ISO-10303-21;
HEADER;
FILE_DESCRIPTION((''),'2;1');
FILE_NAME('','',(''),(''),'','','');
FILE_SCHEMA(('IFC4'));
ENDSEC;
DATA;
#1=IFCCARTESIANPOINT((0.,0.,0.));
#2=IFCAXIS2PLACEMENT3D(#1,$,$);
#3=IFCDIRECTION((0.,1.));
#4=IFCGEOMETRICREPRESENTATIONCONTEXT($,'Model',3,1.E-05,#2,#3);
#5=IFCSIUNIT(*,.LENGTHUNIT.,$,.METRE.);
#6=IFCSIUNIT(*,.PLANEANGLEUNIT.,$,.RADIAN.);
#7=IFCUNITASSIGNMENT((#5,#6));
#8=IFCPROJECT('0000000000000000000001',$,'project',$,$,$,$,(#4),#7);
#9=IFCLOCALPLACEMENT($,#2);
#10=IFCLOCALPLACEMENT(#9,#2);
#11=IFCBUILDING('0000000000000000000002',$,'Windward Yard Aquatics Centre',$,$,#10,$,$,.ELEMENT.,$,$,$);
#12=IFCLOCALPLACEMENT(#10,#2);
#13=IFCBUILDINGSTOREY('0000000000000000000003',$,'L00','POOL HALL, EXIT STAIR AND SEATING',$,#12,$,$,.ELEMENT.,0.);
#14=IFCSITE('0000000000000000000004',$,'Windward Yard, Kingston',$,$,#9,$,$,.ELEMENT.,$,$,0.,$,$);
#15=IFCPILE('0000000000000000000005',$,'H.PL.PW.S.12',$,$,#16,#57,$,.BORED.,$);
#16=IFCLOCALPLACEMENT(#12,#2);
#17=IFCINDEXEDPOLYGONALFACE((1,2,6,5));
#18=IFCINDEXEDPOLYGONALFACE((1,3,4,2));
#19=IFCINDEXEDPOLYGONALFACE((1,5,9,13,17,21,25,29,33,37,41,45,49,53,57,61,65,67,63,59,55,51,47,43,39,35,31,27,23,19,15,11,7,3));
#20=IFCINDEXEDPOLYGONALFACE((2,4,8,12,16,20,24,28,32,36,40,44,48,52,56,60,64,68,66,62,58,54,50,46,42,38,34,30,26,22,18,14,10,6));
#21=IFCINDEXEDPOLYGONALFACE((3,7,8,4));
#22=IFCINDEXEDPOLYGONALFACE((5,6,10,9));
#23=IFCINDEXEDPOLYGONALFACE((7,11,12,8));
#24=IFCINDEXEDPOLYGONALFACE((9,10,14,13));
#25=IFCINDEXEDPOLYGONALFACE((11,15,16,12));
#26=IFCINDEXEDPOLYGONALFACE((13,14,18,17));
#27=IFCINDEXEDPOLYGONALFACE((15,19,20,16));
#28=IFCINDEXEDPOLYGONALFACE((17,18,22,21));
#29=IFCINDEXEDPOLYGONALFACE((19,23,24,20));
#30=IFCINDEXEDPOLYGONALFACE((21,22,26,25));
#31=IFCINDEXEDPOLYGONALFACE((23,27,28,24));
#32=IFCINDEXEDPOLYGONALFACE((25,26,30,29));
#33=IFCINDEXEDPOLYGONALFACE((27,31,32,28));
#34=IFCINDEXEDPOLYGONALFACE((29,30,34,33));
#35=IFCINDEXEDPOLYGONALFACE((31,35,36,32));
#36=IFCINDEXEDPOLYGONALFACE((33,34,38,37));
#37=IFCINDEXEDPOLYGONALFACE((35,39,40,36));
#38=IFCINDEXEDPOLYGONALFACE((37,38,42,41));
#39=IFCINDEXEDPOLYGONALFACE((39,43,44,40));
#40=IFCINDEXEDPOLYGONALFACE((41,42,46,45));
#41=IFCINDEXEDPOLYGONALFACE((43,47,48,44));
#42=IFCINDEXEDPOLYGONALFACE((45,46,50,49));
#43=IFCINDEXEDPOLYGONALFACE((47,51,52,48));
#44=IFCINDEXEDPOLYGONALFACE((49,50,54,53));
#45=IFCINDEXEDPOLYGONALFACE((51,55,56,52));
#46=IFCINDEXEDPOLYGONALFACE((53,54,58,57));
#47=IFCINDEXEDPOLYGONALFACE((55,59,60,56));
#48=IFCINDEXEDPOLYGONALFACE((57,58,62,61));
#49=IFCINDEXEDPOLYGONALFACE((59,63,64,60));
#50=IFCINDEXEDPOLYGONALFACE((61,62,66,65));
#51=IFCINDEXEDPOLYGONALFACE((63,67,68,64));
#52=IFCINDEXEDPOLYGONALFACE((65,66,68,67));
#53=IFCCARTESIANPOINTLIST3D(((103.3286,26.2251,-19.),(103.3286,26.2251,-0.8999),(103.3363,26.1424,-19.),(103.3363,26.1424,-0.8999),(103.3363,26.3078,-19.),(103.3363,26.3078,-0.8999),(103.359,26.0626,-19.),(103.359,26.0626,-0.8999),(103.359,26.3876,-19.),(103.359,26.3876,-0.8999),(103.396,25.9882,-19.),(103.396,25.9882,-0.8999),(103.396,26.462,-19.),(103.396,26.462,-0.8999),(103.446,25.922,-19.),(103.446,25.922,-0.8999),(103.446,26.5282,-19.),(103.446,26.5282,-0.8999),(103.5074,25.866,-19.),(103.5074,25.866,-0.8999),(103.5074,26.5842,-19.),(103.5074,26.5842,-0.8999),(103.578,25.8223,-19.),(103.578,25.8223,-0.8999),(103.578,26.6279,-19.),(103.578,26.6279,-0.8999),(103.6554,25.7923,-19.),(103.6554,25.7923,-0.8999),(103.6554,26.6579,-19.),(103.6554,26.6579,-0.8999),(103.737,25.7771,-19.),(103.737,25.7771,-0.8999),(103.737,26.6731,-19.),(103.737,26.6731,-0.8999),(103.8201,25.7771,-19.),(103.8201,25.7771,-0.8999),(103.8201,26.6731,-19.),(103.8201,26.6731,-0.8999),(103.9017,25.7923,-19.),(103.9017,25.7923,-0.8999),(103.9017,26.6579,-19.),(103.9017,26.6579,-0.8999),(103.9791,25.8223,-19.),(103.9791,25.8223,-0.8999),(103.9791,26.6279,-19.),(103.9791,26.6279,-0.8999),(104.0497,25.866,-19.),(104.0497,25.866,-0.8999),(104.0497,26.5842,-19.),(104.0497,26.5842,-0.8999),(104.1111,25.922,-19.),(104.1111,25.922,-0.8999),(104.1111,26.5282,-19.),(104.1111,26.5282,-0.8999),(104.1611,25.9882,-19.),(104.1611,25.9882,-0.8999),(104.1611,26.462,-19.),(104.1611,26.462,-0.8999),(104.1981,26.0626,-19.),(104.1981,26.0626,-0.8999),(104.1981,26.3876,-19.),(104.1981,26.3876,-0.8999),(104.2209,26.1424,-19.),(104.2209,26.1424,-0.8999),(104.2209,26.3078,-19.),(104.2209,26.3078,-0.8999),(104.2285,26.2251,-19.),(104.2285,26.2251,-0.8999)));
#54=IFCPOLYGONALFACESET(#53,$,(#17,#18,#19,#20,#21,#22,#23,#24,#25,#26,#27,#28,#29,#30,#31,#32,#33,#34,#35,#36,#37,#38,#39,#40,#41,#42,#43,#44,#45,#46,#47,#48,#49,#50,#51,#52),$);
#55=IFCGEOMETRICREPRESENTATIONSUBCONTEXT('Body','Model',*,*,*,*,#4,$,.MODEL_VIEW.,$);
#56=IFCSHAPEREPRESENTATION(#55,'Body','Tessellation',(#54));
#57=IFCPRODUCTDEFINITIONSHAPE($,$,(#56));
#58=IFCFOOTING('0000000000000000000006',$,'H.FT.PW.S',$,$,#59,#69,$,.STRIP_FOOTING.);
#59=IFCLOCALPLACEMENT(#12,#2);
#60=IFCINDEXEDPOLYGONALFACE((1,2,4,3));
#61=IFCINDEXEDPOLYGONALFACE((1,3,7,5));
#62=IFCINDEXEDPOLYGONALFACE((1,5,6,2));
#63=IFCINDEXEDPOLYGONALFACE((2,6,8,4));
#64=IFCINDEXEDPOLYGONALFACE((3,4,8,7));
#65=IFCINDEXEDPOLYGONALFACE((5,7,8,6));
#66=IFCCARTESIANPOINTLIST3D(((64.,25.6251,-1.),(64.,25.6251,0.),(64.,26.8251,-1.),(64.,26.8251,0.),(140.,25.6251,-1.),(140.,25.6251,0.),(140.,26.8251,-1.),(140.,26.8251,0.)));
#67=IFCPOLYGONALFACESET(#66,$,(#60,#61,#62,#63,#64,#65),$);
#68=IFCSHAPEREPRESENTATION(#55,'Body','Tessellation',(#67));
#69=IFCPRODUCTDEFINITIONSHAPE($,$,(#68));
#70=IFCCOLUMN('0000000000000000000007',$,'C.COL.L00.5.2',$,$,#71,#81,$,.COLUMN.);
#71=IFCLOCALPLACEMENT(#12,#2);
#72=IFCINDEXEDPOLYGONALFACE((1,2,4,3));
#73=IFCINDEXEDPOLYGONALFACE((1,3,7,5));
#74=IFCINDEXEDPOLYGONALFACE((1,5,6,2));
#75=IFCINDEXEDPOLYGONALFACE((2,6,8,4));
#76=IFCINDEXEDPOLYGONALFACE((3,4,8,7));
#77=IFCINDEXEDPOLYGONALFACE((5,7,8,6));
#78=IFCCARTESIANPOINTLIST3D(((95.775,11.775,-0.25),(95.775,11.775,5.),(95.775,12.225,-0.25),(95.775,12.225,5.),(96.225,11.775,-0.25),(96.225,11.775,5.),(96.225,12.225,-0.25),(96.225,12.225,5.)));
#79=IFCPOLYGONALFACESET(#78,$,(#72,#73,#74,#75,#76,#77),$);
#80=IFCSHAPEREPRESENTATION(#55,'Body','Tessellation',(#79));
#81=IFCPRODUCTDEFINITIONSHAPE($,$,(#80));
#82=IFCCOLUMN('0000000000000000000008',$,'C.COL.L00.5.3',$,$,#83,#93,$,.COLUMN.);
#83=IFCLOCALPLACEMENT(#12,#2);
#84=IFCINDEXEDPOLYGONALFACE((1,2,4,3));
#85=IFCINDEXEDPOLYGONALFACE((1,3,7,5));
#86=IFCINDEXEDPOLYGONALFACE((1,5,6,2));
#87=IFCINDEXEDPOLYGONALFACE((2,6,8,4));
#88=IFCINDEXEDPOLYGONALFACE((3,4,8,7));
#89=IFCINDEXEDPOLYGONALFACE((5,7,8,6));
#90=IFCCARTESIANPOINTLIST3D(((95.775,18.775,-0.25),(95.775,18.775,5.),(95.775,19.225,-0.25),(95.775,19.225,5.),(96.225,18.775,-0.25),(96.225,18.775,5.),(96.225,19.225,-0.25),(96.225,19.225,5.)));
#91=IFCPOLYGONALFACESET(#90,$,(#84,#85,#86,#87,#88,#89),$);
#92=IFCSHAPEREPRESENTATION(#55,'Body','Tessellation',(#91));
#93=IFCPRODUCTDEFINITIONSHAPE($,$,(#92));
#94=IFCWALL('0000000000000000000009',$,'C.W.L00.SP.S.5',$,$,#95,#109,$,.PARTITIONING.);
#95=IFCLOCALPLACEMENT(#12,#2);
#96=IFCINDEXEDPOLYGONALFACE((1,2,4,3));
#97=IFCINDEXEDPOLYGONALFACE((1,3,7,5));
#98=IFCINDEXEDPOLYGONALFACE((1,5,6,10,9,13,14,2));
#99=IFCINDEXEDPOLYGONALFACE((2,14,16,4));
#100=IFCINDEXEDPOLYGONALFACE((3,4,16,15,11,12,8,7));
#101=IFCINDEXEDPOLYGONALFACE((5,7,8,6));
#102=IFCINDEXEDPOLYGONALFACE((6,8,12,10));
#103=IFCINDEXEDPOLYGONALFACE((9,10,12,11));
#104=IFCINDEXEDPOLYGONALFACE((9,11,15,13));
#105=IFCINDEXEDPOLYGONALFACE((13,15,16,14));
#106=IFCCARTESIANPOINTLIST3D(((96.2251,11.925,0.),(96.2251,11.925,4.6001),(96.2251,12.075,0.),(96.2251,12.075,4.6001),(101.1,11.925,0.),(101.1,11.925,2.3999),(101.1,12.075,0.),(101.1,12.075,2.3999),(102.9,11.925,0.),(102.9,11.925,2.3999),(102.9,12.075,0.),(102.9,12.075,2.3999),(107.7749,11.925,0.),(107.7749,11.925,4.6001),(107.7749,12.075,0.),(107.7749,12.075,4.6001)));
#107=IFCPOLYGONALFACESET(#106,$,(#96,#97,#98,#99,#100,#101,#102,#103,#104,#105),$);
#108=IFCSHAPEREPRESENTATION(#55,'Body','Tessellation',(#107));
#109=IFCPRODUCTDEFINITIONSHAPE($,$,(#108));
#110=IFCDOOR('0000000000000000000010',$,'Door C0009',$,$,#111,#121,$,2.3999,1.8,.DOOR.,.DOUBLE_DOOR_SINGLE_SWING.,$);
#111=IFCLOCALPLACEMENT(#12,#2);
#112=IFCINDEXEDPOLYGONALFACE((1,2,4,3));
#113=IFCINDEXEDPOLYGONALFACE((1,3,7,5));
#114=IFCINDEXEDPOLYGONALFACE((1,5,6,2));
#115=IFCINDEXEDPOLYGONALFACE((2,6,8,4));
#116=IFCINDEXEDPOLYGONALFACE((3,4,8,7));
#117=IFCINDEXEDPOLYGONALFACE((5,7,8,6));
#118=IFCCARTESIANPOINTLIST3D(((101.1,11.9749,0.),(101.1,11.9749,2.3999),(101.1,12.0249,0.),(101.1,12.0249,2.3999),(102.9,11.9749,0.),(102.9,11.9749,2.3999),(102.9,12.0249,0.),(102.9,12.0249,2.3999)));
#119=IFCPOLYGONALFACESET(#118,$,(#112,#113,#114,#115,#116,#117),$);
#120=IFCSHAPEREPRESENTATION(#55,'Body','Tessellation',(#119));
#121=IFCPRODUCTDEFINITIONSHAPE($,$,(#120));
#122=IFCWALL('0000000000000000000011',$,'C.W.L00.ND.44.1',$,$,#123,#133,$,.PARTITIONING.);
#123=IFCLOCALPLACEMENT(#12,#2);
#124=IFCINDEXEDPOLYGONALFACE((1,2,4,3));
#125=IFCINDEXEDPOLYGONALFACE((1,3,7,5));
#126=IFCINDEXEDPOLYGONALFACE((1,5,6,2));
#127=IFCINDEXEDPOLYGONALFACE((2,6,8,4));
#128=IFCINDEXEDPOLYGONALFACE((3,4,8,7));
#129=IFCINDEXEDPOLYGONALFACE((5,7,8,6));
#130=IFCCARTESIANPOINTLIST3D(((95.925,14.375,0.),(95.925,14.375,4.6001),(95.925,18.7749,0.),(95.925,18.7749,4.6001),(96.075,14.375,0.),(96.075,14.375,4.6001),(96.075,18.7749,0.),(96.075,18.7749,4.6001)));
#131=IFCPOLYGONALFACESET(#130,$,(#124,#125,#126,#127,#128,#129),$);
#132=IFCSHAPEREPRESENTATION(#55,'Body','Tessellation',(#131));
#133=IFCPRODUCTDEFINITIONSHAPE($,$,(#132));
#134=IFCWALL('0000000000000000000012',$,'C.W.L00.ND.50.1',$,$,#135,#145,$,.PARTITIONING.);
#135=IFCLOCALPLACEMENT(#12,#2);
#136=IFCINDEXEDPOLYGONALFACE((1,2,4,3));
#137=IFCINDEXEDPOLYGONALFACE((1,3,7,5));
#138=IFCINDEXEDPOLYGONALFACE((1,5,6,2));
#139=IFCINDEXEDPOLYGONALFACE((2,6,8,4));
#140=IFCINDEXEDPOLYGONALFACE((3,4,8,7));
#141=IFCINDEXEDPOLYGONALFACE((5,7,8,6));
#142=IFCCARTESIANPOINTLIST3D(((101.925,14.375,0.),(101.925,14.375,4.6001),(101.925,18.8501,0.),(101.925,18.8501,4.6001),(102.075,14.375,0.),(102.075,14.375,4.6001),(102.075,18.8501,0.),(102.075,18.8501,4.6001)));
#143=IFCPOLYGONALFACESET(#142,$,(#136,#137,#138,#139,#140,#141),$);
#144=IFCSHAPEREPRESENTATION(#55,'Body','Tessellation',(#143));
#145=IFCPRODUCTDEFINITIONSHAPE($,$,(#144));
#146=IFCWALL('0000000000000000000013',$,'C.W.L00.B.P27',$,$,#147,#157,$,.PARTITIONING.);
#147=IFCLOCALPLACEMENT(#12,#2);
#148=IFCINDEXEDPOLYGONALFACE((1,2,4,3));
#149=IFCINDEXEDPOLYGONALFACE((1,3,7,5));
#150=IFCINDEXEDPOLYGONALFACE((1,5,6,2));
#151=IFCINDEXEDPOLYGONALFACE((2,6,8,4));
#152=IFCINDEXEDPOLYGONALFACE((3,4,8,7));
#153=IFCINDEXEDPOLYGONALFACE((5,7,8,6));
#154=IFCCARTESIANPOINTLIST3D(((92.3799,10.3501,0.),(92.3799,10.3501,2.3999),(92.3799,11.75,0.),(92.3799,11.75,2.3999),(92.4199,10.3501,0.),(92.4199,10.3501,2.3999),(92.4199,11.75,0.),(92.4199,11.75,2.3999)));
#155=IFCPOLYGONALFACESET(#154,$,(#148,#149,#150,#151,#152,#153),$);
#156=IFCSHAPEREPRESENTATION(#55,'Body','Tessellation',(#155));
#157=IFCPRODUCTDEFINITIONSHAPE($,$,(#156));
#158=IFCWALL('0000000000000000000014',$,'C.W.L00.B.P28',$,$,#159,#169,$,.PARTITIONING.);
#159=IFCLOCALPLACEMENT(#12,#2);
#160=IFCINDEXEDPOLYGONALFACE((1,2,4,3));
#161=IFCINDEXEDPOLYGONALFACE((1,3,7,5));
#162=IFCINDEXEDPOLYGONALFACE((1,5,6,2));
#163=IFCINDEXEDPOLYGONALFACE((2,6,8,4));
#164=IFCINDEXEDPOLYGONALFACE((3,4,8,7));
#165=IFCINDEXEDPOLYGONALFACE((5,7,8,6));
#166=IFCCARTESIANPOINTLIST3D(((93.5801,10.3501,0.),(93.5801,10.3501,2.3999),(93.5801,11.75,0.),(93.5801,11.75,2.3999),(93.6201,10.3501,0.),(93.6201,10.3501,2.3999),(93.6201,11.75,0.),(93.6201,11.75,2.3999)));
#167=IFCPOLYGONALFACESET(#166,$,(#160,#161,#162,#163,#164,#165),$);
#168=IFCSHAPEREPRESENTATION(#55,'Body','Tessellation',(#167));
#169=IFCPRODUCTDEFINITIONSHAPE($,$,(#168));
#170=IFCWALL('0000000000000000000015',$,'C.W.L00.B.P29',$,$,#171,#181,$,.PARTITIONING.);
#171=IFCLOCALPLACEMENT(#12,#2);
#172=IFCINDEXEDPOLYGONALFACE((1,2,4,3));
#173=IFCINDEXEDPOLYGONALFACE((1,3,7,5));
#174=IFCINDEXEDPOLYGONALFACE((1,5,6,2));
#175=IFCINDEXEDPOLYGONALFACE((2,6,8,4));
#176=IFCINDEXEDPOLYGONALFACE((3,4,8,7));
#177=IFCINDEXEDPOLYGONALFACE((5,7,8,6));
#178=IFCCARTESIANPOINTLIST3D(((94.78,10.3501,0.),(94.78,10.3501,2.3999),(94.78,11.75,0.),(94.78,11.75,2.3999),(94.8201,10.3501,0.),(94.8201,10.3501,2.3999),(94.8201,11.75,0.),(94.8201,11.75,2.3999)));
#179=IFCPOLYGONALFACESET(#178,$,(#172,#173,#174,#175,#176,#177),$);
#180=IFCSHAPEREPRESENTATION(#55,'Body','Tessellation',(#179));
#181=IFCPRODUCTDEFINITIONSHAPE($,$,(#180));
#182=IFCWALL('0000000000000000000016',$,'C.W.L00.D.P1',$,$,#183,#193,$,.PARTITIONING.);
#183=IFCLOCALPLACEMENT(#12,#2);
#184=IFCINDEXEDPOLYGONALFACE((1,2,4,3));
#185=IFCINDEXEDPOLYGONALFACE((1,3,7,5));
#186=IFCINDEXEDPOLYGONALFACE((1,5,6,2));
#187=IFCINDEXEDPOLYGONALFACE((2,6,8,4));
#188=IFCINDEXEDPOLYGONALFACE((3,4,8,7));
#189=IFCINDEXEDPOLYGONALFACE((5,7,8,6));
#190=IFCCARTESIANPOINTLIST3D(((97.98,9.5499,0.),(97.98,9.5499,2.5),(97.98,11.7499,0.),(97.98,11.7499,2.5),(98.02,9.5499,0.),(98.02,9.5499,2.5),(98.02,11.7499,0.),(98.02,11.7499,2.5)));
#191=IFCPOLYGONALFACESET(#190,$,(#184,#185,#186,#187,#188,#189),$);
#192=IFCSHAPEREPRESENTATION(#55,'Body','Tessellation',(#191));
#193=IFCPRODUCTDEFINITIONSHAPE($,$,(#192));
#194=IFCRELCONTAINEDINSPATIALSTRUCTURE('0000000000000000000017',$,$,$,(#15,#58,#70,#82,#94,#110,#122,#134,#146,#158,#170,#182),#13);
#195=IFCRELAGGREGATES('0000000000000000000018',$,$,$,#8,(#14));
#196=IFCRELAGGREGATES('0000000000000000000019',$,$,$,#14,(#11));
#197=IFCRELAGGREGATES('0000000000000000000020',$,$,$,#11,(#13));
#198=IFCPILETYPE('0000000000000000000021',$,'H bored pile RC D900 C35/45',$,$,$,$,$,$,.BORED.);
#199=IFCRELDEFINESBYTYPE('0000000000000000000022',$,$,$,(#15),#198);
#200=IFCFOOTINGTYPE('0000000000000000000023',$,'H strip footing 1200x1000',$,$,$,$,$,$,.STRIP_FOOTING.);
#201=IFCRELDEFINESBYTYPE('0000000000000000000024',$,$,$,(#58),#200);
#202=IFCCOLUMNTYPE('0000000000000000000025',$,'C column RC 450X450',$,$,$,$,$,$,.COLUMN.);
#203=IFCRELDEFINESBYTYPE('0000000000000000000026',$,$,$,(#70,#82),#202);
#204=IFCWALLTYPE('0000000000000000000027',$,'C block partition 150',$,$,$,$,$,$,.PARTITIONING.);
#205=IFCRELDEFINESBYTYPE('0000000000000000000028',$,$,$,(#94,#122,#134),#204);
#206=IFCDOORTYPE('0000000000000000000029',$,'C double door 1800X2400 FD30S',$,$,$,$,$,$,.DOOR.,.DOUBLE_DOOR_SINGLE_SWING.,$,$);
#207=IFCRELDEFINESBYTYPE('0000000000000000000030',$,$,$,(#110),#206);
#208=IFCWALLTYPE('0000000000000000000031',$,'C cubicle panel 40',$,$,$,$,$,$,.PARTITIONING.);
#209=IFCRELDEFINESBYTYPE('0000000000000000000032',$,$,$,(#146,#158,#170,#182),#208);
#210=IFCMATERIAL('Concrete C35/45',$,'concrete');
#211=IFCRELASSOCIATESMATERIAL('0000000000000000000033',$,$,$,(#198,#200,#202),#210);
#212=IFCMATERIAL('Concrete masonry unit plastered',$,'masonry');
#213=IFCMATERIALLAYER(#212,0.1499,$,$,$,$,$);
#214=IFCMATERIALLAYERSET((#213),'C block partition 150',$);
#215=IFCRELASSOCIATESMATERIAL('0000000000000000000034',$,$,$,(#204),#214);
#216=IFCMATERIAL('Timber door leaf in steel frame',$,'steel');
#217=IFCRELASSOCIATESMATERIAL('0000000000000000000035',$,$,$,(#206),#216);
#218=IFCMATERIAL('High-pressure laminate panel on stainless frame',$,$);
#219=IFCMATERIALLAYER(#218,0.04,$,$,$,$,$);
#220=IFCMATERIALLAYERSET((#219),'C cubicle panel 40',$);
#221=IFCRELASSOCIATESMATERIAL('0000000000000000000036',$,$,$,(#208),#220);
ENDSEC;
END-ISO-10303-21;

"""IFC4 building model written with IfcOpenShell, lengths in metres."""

from ifc_helpers import new_model, si_unit, direction, frame, frame_2d, origin, origin_2d, place, context, subcontext, project, spatial, rectangle, circle, extrude, material, layer, layer_set, material_profile, profile_set, type_object, element, fill, save


model = new_model("IFC4")

# Units and contexts
model_context = context("Model", 3, precision=1e-05, world=origin(), true_north=direction((0.0, 1.0)))
body_context = subcontext(model_context, "Body", "Model", "MODEL_VIEW")
ifc_project = project(units=[si_unit("LENGTHUNIT", "METRE"), si_unit("PLANEANGLEUNIT", "RADIAN")], contexts=[model_context])

# Site, building, storey
site_placement = place(None, origin())
site = spatial("IfcSite", under=ifc_project, at=site_placement, Name="Windward Yard, Kingston", CompositionType="ELEMENT", RefElevation=0.0)
building_placement = place(site_placement, origin())
building = spatial("IfcBuilding", under=site, at=building_placement, Name="Windward Yard Aquatics Centre", CompositionType="ELEMENT")
storey_placement = place(building_placement, origin())
storey = spatial("IfcBuildingStorey", under=building, at=storey_placement, Name="L00", Description="POOL HALL, EXIT STAIR AND SEATING", CompositionType="ELEMENT", Elevation=0.0)

# Shared definitions
ifc_material_1 = material(Name="Concrete C35/45", Category="concrete")

# Pile
ifc_material_profile_1 = material_profile(ifc_material_1, circle(Radius=0.45, at=origin_2d()), Name="RC D900")
ifc_profile_set_1 = profile_set([ifc_material_profile_1], Name="Concrete C35/45")
pile_type_1 = type_object("IfcPileType", Name="H bored pile RC D900 C35/45", PredefinedType="BORED", material=ifc_profile_set_1)
for number, where, z_axis, x_axis, name in (
    (1, (103.7786, 26.2251, -0.8999), (0.0, 0.0, -1.0), (1.0, 0.0, 0.0), "H.PL.PW.S.12"),
):
    element("IfcPile", number, at=place(storey_placement, frame(where, z_axis=z_axis, x_axis=x_axis)), inside=storey, type_object=pile_type_1, Name=name, PredefinedType="BORED", context=body_context, shape_type="SweptSolid", body=[
        extrude(circle(Radius=0.45, at=origin_2d()), origin(), (0.0, 0.0, 1.0), 18.1001),
    ])

# Footing
footing_type_1 = type_object("IfcFootingType", Name="H strip footing 1200x1000", PredefinedType="STRIP_FOOTING", material=ifc_material_1)
footing_placement = place(storey_placement, frame((102.0, 26.2251, -1.0), z_axis=(0.0, 0.0, 1.0), x_axis=(1.0, 0.0, 0.0)))
element("IfcFooting", 2, at=footing_placement, inside=storey, type_object=footing_type_1, Name="H.FT.PW.S", PredefinedType="STRIP_FOOTING", context=body_context, shape_type="SweptSolid", body=[
    extrude(rectangle(XDim=76.0, YDim=1.2, at=origin_2d()), origin(), (0.0, 0.0, 1.0), 1.0),
])

# Columns
ifc_material_profile_2 = material_profile(ifc_material_1, rectangle(XDim=0.45, YDim=0.45, at=origin_2d()), Name="RC 450X450")
ifc_profile_set_2 = profile_set([ifc_material_profile_2], Name="Concrete C35/45")
column_type = type_object("IfcColumnType", Name="C column RC 450X450", PredefinedType="COLUMN", material=ifc_profile_set_2)
for number, where, z_axis, x_axis, name in (
    (3, (96.0, 12.0, -0.25), (0.0, 0.0, 1.0), (1.0, 0.0, 0.0), "C.COL.L00.5.2"),
    (4, (96.0, 19.0, -0.25), (0.0, 0.0, 1.0), (1.0, 0.0, 0.0), "C.COL.L00.5.3"),
):
    element("IfcColumn", number, at=place(storey_placement, frame(where, z_axis=z_axis, x_axis=x_axis)), inside=storey, type_object=column_type, Name=name, PredefinedType="COLUMN", context=body_context, shape_type="SweptSolid", body=[
        extrude(rectangle(XDim=0.45, YDim=0.45, at=origin_2d()), origin(), (0.0, 0.0, 1.0), 5.25),
    ])

# Wall, opening, door
ifc_material_2 = material(Name="Concrete masonry unit plastered", Category="masonry")
ifc_layer_1 = layer(ifc_material_2, 0.1499)
ifc_layer_set_1 = layer_set([ifc_layer_1], Name="C block partition 150")
wall_type_1 = type_object("IfcWallType", Name="C block partition 150", PredefinedType="PARTITIONING", material=ifc_layer_set_1)
wall_1_placement = place(storey_placement, frame((96.2251, 12.0, 0.0), z_axis=(0.0, 0.0, 1.0), x_axis=(1.0, 0.0, 0.0)))
wall_1 = element("IfcWall", 5, at=wall_1_placement, inside=storey, type_object=wall_type_1, Name="C.W.L00.SP.S.5", PredefinedType="PARTITIONING", context=body_context, shape_type="SweptSolid", body=[
    extrude(rectangle(XDim=11.5498, YDim=0.1499, at=frame_2d((5.7749, 0.0))), origin(), (0.0, 0.0, 1.0), 4.6001),
])
opening_1_placement = place(wall_1_placement, frame((4.875, 0.0, 0.0)))
opening_1 = element("IfcOpeningElement", 6, at=opening_1_placement, cuts=wall_1, PredefinedType="OPENING", context=body_context, shape_type="SweptSolid", body=[
    extrude(rectangle(XDim=1.8, YDim=2.3999, at=frame_2d((0.8999, 1.2))), frame((0.0, 0.085, 0.0), z_axis=(0.0, -1.0, 0.0), x_axis=(1.0, 0.0, 0.0)), (0.0, 0.0, 1.0), 0.1699),
])
ifc_material_3 = material(Name="Timber door leaf in steel frame", Category="steel")
door_type_1 = type_object("IfcDoorType", Name="C double door 1800X2400 FD30S", OperationType="DOUBLE_DOOR_SINGLE_SWING", PredefinedType="DOOR", material=ifc_material_3)
door_1_placement = place(opening_1_placement, origin())
door_1 = element("IfcDoor", 7, at=door_1_placement, inside=storey, type_object=door_type_1, Name="Door C0009", OperationType="DOUBLE_DOOR_SINGLE_SWING", OverallHeight=2.3999, OverallWidth=1.8, PredefinedType="DOOR", context=body_context, shape_type="SweptSolid", body=[
    extrude(rectangle(XDim=1.8, YDim=2.3999, at=frame_2d((0.8999, 1.2))), frame((0.0, 0.0249, 0.0), z_axis=(0.0, -1.0, 0.0), x_axis=(1.0, 0.0, 0.0)), (0.0, 0.0, 1.0), 0.05),
])
fill(opening_1, door_1)

# Walls
wall_2_placement = place(storey_placement, frame((96.0, 14.375, 0.0), z_axis=(0.0, 0.0, 1.0), x_axis=(0.0, 1.0, 0.0)))
element("IfcWall", 8, at=wall_2_placement, inside=storey, type_object=wall_type_1, Name="C.W.L00.ND.44.1", PredefinedType="PARTITIONING", context=body_context, shape_type="SweptSolid", body=[
    extrude(rectangle(XDim=4.3999, YDim=0.1499, at=frame_2d((2.2, 0.0))), origin(), (0.0, 0.0, 1.0), 4.6001),
])
wall_3_placement = place(storey_placement, frame((102.0, 14.375, 0.0), z_axis=(0.0, 0.0, 1.0), x_axis=(0.0, 1.0, 0.0)))
element("IfcWall", 9, at=wall_3_placement, inside=storey, type_object=wall_type_1, Name="C.W.L00.ND.50.1", PredefinedType="PARTITIONING", context=body_context, shape_type="SweptSolid", body=[
    extrude(rectangle(XDim=4.4751, YDim=0.1499, at=frame_2d((2.2375, 0.0))), origin(), (0.0, 0.0, 1.0), 4.6001),
])
ifc_material_4 = material(Name="High-pressure laminate panel on stainless frame")
ifc_layer_2 = layer(ifc_material_4, 0.04)
ifc_layer_set_2 = layer_set([ifc_layer_2], Name="C cubicle panel 40")
wall_type_2 = type_object("IfcWallType", Name="C cubicle panel 40", PredefinedType="PARTITIONING", material=ifc_layer_set_2)
for number, where, z_axis, x_axis, name in (
    (10, (92.3999, 11.75, 0.0), (0.0, 0.0, 1.0), (0.0, -1.0, 0.0), "C.W.L00.B.P27"),
    (11, (93.6001, 11.75, 0.0), (0.0, 0.0, 1.0), (0.0, -1.0, 0.0), "C.W.L00.B.P28"),
    (12, (94.8, 11.75, 0.0), (0.0, 0.0, 1.0), (0.0, -1.0, 0.0), "C.W.L00.B.P29"),
):
    element("IfcWall", number, at=place(storey_placement, frame(where, z_axis=z_axis, x_axis=x_axis)), inside=storey, type_object=wall_type_2, Name=name, PredefinedType="PARTITIONING", context=body_context, shape_type="SweptSolid", body=[
        extrude(rectangle(XDim=1.3999, YDim=0.04, at=frame_2d((0.7, 0.0))), origin(), (0.0, 0.0, 1.0), 2.3999),
    ])
for number, where, z_axis, x_axis, name in (
    (13, (98.0, 11.75, 0.0), (0.0, 0.0, 1.0), (0.0, -1.0, 0.0), "C.W.L00.D.P1"),
):
    element("IfcWall", number, at=place(storey_placement, frame(where, z_axis=z_axis, x_axis=x_axis)), inside=storey, type_object=wall_type_2, Name=name, PredefinedType="PARTITIONING", context=body_context, shape_type="SweptSolid", body=[
        extrude(rectangle(XDim=2.2, YDim=0.04, at=frame_2d((1.1001, 0.0))), origin(), (0.0, 0.0, 1.0), 2.5),
    ])

save(model, "model.ifc")
